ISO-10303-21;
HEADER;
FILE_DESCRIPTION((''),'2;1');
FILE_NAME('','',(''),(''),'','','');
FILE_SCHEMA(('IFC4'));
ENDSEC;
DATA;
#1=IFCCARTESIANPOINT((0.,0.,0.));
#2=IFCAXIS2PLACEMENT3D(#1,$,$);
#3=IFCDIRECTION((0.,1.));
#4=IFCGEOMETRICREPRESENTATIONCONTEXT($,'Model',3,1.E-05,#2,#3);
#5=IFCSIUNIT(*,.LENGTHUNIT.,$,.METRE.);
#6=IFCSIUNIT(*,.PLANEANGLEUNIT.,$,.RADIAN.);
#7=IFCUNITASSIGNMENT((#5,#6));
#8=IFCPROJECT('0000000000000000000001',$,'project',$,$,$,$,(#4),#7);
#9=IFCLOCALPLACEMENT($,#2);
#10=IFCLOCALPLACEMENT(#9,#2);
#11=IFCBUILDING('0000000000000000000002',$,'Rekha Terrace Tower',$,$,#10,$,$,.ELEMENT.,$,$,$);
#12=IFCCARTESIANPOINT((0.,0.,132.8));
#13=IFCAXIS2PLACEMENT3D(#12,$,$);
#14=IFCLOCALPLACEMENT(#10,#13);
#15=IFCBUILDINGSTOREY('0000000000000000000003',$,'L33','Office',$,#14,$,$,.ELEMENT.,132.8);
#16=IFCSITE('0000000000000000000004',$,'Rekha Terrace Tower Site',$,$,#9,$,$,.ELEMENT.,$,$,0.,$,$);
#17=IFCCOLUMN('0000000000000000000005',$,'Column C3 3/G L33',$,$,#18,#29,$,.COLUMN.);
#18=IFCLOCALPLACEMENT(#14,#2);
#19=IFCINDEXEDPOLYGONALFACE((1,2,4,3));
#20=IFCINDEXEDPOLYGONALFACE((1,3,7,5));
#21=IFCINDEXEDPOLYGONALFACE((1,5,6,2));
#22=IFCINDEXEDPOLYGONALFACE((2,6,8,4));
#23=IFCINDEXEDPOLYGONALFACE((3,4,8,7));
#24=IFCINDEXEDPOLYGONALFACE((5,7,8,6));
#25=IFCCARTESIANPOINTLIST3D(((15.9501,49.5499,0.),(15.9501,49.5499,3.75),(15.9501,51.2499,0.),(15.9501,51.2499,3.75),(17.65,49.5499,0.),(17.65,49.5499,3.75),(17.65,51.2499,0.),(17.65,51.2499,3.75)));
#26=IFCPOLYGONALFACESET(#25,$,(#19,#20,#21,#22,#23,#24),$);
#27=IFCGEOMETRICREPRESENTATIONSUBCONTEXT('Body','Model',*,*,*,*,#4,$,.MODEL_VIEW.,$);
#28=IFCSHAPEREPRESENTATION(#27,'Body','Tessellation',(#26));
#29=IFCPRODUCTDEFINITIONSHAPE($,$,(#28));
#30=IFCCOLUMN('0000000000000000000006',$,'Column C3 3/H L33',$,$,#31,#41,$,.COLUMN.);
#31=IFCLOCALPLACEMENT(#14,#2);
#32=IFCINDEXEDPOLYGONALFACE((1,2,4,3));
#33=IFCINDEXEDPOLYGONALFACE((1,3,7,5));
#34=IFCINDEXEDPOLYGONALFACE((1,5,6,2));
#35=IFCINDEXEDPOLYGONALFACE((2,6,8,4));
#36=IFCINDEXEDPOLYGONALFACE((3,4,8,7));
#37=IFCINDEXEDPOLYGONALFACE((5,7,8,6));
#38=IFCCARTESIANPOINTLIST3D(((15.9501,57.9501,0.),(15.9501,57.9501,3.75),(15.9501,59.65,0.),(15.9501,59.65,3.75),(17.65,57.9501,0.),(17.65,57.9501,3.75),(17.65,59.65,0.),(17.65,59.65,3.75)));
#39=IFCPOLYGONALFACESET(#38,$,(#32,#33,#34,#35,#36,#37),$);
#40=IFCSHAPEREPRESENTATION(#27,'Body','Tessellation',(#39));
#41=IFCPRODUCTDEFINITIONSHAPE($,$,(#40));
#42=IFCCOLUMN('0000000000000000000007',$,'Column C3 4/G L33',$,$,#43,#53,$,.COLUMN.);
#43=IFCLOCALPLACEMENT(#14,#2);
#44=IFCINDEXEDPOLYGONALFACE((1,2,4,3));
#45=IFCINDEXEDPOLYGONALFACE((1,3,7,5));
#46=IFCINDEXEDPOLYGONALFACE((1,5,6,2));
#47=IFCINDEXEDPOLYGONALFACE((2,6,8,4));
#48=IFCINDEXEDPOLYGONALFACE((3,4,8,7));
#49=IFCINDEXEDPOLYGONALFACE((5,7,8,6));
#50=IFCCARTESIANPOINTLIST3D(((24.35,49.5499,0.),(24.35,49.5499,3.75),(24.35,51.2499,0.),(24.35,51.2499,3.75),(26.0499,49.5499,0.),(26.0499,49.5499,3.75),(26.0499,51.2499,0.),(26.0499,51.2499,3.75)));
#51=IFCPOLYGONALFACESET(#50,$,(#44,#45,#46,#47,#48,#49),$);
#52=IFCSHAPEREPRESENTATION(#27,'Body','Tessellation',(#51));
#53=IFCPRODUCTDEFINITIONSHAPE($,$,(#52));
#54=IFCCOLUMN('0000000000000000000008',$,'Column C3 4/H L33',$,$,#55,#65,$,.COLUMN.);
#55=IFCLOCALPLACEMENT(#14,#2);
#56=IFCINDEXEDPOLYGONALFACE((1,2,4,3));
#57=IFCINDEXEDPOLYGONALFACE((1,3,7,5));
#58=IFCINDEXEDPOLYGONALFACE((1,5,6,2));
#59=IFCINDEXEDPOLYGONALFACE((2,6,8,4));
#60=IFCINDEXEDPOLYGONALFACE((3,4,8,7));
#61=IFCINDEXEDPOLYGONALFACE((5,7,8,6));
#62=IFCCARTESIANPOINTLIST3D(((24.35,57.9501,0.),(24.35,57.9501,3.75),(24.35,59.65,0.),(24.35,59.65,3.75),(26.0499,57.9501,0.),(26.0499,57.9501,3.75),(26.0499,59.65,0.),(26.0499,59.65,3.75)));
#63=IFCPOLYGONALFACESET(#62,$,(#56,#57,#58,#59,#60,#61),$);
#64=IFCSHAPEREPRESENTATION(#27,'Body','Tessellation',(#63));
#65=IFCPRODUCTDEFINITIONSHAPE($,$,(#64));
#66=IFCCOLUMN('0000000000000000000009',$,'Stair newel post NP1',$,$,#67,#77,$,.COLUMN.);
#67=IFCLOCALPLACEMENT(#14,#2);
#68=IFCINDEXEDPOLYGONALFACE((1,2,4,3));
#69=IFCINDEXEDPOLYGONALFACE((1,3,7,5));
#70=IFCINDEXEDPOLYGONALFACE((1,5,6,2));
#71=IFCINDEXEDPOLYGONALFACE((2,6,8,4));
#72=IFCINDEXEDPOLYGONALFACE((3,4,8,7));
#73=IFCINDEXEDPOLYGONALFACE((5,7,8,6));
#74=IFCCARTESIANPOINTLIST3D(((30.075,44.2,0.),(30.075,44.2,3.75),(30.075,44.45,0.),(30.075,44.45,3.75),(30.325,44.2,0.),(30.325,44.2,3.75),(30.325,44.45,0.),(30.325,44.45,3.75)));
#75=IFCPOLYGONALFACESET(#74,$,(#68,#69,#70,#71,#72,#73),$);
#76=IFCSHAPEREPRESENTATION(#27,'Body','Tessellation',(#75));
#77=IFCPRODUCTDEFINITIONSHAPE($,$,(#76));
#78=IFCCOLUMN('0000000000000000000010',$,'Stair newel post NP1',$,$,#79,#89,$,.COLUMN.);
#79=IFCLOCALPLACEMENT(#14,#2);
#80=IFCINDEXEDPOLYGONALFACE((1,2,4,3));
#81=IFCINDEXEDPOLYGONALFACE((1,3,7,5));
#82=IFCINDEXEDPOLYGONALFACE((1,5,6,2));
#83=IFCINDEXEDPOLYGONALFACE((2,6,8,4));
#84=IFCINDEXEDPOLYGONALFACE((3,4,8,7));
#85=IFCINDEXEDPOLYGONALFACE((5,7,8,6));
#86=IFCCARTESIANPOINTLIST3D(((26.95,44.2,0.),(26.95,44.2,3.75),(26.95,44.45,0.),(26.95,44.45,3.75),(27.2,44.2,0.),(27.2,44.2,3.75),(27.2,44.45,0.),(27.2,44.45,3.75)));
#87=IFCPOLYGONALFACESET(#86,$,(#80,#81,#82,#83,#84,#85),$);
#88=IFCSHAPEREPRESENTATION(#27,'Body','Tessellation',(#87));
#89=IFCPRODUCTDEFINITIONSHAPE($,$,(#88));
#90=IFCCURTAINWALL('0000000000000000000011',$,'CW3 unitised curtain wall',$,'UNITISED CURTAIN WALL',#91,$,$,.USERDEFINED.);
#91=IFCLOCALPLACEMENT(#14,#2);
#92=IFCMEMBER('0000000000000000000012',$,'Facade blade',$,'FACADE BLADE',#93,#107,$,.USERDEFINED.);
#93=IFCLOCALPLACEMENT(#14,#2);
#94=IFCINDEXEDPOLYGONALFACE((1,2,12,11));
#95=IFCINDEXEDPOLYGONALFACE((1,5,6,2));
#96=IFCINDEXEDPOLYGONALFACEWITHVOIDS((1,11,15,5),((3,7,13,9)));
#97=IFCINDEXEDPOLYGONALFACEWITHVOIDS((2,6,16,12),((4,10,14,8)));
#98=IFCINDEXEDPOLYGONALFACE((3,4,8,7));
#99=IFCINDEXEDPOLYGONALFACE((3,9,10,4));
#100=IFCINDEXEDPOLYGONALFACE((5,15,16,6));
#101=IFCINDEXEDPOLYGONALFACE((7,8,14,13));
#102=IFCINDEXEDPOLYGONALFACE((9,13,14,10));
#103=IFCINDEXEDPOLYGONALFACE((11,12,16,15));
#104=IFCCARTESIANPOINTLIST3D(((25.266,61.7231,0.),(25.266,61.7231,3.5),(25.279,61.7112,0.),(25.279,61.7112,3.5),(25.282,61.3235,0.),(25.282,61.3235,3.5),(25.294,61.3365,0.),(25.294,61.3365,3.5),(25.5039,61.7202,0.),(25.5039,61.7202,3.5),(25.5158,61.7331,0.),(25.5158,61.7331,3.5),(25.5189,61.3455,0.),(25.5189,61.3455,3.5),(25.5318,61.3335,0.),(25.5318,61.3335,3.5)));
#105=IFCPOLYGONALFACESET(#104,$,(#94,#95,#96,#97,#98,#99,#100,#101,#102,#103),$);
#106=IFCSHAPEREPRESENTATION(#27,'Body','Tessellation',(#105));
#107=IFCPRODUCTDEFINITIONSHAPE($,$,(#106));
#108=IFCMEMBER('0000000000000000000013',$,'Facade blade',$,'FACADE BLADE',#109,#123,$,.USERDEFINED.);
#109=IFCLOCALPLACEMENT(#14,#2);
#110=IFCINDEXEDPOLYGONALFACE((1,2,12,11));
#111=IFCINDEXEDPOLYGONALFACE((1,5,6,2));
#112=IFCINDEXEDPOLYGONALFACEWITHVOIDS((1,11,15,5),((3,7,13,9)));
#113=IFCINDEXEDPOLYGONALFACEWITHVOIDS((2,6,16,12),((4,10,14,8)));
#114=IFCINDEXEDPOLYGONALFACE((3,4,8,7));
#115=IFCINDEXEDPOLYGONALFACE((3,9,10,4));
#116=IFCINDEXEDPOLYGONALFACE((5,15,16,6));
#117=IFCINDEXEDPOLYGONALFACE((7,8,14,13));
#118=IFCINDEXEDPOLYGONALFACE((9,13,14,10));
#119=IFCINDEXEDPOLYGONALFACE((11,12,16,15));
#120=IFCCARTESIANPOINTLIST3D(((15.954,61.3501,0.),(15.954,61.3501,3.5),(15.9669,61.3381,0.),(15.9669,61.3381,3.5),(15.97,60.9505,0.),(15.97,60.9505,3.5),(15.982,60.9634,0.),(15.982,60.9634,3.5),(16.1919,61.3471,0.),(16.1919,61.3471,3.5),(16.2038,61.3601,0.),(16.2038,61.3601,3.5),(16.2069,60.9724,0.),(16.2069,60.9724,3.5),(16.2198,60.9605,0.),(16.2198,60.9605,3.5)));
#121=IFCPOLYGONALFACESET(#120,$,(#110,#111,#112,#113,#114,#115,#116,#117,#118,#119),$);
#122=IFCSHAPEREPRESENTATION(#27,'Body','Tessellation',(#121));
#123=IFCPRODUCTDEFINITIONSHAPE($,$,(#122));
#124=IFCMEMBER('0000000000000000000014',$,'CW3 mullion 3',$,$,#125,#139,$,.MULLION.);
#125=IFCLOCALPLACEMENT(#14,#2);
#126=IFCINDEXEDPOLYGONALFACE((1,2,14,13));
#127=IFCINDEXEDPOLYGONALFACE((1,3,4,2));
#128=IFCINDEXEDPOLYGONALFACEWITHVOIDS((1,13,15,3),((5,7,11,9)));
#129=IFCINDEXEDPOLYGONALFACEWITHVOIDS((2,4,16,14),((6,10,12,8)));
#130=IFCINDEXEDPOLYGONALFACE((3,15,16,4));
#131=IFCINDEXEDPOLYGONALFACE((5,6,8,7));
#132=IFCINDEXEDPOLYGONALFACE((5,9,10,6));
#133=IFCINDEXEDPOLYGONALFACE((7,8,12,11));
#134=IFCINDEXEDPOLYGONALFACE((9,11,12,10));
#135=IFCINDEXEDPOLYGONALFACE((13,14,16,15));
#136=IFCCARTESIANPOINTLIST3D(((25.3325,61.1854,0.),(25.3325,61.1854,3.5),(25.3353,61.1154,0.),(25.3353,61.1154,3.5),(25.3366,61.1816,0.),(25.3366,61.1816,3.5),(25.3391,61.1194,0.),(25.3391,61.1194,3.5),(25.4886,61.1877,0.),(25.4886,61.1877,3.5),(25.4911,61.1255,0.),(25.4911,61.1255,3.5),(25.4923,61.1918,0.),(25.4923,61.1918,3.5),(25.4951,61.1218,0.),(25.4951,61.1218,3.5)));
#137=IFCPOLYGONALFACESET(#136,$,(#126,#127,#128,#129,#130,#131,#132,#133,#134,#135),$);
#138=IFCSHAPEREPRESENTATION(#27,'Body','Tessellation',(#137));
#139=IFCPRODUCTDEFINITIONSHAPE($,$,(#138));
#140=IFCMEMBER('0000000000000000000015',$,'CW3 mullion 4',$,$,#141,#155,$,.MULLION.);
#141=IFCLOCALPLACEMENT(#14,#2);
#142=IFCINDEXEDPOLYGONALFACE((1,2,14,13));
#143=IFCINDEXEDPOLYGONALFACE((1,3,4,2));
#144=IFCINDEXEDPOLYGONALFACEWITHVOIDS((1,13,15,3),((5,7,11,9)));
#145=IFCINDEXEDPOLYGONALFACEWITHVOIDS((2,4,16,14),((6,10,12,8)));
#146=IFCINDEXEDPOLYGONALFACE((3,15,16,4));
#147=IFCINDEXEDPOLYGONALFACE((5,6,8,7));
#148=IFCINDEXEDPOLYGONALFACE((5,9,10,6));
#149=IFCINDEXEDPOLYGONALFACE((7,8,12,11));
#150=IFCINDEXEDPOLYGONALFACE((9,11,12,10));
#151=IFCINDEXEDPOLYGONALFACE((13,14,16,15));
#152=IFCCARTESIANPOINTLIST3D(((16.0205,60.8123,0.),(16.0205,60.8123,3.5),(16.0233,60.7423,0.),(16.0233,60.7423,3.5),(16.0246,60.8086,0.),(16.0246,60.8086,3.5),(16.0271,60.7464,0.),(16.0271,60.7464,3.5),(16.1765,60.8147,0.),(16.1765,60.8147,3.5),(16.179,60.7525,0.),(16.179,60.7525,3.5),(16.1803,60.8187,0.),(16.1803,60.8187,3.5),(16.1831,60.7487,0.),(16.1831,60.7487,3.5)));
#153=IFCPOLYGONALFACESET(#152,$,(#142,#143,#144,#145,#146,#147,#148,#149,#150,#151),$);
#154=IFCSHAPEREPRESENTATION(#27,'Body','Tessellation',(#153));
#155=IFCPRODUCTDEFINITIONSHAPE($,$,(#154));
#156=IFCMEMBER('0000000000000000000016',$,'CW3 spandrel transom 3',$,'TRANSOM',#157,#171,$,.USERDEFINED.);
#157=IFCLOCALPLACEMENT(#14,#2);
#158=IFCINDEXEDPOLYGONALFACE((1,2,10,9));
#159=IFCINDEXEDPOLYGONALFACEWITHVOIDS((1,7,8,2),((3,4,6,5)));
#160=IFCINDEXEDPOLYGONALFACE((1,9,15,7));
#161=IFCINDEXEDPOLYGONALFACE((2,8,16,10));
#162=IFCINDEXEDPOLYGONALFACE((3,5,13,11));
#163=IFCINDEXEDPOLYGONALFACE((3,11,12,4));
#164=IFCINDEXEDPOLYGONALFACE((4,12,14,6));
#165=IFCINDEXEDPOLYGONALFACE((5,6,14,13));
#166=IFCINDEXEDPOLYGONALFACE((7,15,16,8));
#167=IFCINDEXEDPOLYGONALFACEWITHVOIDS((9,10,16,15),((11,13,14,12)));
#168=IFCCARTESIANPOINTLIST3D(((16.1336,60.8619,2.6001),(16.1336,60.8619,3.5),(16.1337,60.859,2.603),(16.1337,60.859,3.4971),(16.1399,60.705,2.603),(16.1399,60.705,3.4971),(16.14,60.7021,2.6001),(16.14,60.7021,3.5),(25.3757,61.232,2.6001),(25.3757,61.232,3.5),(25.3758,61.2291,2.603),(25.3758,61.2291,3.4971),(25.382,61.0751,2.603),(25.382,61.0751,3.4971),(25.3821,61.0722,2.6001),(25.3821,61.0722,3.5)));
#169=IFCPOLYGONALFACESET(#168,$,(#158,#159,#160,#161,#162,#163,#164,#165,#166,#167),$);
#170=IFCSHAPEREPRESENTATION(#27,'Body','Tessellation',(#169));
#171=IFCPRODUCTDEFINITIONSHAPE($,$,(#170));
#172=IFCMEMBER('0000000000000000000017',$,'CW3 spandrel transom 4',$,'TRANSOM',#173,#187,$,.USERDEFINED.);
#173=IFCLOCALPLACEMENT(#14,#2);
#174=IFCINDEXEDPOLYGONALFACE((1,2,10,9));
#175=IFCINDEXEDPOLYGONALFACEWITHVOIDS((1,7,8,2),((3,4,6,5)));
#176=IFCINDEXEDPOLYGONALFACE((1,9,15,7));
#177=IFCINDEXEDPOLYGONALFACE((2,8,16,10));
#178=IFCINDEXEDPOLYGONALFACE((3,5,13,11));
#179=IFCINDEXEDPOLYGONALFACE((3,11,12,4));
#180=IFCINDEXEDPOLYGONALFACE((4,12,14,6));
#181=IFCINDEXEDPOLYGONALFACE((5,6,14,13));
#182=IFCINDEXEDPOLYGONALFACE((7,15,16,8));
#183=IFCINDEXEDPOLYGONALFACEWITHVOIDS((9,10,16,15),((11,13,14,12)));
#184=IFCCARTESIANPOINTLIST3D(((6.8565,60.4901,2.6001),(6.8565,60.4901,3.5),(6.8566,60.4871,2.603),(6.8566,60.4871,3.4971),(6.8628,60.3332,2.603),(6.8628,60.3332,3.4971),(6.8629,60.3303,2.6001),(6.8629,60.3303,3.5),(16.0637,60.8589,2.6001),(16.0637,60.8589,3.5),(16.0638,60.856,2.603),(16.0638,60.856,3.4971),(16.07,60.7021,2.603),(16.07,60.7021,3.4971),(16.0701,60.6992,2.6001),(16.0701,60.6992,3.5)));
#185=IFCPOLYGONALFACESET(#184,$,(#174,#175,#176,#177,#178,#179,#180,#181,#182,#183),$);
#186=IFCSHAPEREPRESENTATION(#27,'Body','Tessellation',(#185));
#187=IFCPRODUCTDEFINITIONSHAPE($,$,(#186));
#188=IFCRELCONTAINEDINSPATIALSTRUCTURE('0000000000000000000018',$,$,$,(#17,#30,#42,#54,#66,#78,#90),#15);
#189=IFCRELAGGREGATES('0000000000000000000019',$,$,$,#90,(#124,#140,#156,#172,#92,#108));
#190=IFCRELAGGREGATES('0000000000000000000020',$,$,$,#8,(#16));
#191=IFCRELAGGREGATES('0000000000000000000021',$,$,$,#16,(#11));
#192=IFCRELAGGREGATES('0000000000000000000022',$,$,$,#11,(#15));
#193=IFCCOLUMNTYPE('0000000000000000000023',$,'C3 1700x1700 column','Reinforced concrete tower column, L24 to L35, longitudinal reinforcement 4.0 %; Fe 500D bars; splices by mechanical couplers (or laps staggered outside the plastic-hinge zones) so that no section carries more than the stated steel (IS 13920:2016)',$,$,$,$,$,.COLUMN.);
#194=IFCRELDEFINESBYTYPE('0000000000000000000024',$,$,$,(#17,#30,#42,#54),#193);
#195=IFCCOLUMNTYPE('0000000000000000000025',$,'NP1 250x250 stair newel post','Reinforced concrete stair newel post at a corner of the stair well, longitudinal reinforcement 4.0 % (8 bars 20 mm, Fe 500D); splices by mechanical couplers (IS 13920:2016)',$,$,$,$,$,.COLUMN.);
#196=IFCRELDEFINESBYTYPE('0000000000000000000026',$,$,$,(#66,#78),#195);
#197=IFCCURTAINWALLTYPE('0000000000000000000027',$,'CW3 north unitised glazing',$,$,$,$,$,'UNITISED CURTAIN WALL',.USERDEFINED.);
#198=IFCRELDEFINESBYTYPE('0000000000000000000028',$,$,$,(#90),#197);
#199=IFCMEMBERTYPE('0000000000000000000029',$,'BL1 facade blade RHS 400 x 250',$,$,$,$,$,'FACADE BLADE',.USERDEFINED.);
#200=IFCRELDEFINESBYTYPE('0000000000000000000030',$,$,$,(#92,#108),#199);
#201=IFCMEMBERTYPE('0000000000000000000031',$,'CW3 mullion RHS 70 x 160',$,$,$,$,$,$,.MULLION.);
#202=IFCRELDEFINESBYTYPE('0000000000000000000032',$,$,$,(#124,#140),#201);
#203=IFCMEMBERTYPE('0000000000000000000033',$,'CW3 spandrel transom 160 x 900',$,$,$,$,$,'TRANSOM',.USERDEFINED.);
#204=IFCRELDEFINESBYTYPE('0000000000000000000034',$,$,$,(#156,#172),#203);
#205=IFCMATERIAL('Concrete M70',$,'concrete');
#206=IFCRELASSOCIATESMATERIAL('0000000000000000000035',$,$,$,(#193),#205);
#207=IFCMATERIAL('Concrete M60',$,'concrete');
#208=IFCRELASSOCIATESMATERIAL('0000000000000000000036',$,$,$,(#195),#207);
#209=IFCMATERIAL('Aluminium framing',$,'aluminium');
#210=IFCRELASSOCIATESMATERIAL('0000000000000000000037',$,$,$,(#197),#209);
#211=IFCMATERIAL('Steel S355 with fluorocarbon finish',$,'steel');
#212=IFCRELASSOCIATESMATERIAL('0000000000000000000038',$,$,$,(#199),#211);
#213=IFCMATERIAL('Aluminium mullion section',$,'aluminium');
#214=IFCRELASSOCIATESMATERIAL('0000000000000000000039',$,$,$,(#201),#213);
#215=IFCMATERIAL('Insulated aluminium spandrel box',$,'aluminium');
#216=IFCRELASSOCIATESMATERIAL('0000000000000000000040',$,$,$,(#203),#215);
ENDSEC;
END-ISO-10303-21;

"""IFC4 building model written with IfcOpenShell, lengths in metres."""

from ifc_helpers import new_model, si_unit, direction, frame, origin, origin_2d, place, context, subcontext, project, spatial, rectangle, hollow_rectangle, extrude, material, material_profile, profile_set, type_object, element, aggregate, save


model = new_model("IFC4")

# Units and contexts
model_context = context("Model", 3, precision=1e-05, world=origin(), true_north=direction((0.0, 1.0)))
body_context = subcontext(model_context, "Body", "Model", "MODEL_VIEW")
ifc_project = project(units=[si_unit("LENGTHUNIT", "METRE"), si_unit("PLANEANGLEUNIT", "RADIAN")], contexts=[model_context])

# Site, building, storey
site_placement = place(None, origin())
site = spatial("IfcSite", under=ifc_project, at=site_placement, Name="Rekha Terrace Tower Site", CompositionType="ELEMENT", RefElevation=0.0)
building_placement = place(site_placement, origin())
building = spatial("IfcBuilding", under=site, at=building_placement, Name="Rekha Terrace Tower", CompositionType="ELEMENT")
storey_placement = place(building_placement, frame((0.0, 0.0, 132.8)))
storey = spatial("IfcBuildingStorey", under=building, at=storey_placement, Name="L33", Description="Office", CompositionType="ELEMENT", Elevation=132.8)

# Columns
ifc_material_1 = material(Name="Concrete M70", Category="concrete")
ifc_material_profile_1 = material_profile(ifc_material_1, rectangle(XDim=1.7, YDim=1.7, at=origin_2d()), Name="RC 1700x1700")
ifc_profile_set_1 = profile_set([ifc_material_profile_1], Name="Concrete M70")
column_type_1 = type_object("IfcColumnType", Name="C3 1700x1700 column", Description="Reinforced concrete tower column, L24 to L35, longitudinal reinforcement 4.0 %; Fe 500D bars; splices by mechanical couplers (or laps staggered outside the plastic-hinge zones) so that no section carries more than the stated steel (IS 13920:2016)", PredefinedType="COLUMN", material=ifc_profile_set_1)
for number, where, z_axis, x_axis, name in (
    (1, (16.8, 50.3999, 0.0), (0.0, 0.0, 1.0), (1.0, 0.0, 0.0), "Column C3 3/G L33"),
    (2, (16.8, 58.8, 0.0), (0.0, 0.0, 1.0), (1.0, 0.0, 0.0), "Column C3 3/H L33"),
    (3, (25.2, 50.3999, 0.0), (0.0, 0.0, 1.0), (1.0, 0.0, 0.0), "Column C3 4/G L33"),
    (4, (25.2, 58.8, 0.0), (0.0, 0.0, 1.0), (1.0, 0.0, 0.0), "Column C3 4/H L33"),
):
    element("IfcColumn", number, at=place(storey_placement, frame(where, z_axis=z_axis, x_axis=x_axis)), inside=storey, type_object=column_type_1, Name=name, PredefinedType="COLUMN", context=body_context, shape_type="SweptSolid", body=[
        extrude(rectangle(XDim=1.7, YDim=1.7, at=origin_2d()), origin(), (0.0, 0.0, 1.0), 3.75),
    ])
ifc_material_2 = material(Name="Concrete M60", Category="concrete")
ifc_material_profile_2 = material_profile(ifc_material_2, rectangle(XDim=0.25, YDim=0.25, at=origin_2d()), Name="RC 250x250")
ifc_profile_set_2 = profile_set([ifc_material_profile_2], Name="Concrete M60")
column_type_2 = type_object("IfcColumnType", Name="NP1 250x250 stair newel post", Description="Reinforced concrete stair newel post at a corner of the stair well, longitudinal reinforcement 4.0 % (8 bars 20 mm, Fe 500D); splices by mechanical couplers (IS 13920:2016)", PredefinedType="COLUMN", material=ifc_profile_set_2)
for number, where, z_axis, x_axis, name in (
    (5, (30.2, 44.325, 0.0), (0.0, 0.0, 1.0), (1.0, 0.0, 0.0), "Stair newel post NP1"),
    (6, (27.075, 44.325, 0.0), (0.0, 0.0, 1.0), (1.0, 0.0, 0.0), "Stair newel post NP1"),
):
    element("IfcColumn", number, at=place(storey_placement, frame(where, z_axis=z_axis, x_axis=x_axis)), inside=storey, type_object=column_type_2, Name=name, PredefinedType="COLUMN", context=body_context, shape_type="SweptSolid", body=[
        extrude(rectangle(XDim=0.25, YDim=0.25, at=origin_2d()), origin(), (0.0, 0.0, 1.0), 3.75),
    ])

# Curtain wall, members
ifc_material_3 = material(Name="Aluminium framing", Category="aluminium")
curtain_wall_type = type_object("IfcCurtainWallType", Name="CW3 north unitised glazing", ElementType="UNITISED CURTAIN WALL", PredefinedType="USERDEFINED", material=ifc_material_3)
curtain_wall_placement = place(storey_placement, origin())
curtain_wall = element("IfcCurtainWall", 7, at=curtain_wall_placement, inside=storey, type_object=curtain_wall_type, Name="CW3 unitised curtain wall", ObjectType="UNITISED CURTAIN WALL", PredefinedType="USERDEFINED")
ifc_material_4 = material(Name="Steel S355 with fluorocarbon finish", Category="steel")
ifc_material_profile_3 = material_profile(ifc_material_4, hollow_rectangle(XDim=0.25, YDim=0.3999, WallThickness=0.0125, at=origin_2d()), Name="RHS400x250x12.5")
ifc_profile_set_3 = profile_set([ifc_material_profile_3], Name="Steel S355 with fluorocarbon finish")
member_type_1 = type_object("IfcMemberType", Name="BL1 facade blade RHS 400 x 250", ElementType="FACADE BLADE", PredefinedType="USERDEFINED", material=ifc_profile_set_3)
member_1_placement = place(storey_placement, frame((25.3989, 61.5283, 0.0), z_axis=(0.0, 0.0, 1.0), x_axis=(-0.999198, -0.040032, 0.0)))
member_1 = element("IfcMember", 8, at=member_1_placement, type_object=member_type_1, Name="Facade blade", ObjectType="FACADE BLADE", PredefinedType="USERDEFINED", context=body_context, shape_type="SweptSolid", body=[
    extrude(hollow_rectangle(XDim=0.25, YDim=0.3999, WallThickness=0.0125, at=origin_2d()), origin(), (0.0, 0.0, 1.0), 3.5),
])
member_2_placement = place(storey_placement, frame((16.0869, 61.1553, 0.0), z_axis=(0.0, 0.0, 1.0), x_axis=(-0.999198, -0.040032, 0.0)))
member_2 = element("IfcMember", 9, at=member_2_placement, type_object=member_type_1, Name="Facade blade", ObjectType="FACADE BLADE", PredefinedType="USERDEFINED", context=body_context, shape_type="SweptSolid", body=[
    extrude(hollow_rectangle(XDim=0.25, YDim=0.3999, WallThickness=0.0125, at=origin_2d()), origin(), (0.0, 0.0, 1.0), 3.5),
])
ifc_material_5 = material(Name="Aluminium mullion section", Category="aluminium")
ifc_material_profile_4 = material_profile(ifc_material_5, hollow_rectangle(XDim=0.0701, YDim=0.1599, WallThickness=0.0039, at=origin_2d()), Name="AL RHS 70x160")
ifc_profile_set_4 = profile_set([ifc_material_profile_4], Name="Aluminium mullion section")
member_type_2 = type_object("IfcMemberType", Name="CW3 mullion RHS 70 x 160", PredefinedType="MULLION", material=ifc_profile_set_4)
member_3_placement = place(storey_placement, frame((25.4138, 61.1536, 0.0), z_axis=(0.0, 0.0, 1.0), x_axis=(0.040032, -0.999198, 0.0)))
member_3 = element("IfcMember", 10, at=member_3_placement, type_object=member_type_2, Name="CW3 mullion 3", PredefinedType="MULLION", context=body_context, shape_type="SweptSolid", body=[
    extrude(hollow_rectangle(XDim=0.0701, YDim=0.1599, WallThickness=0.0039, at=origin_2d()), origin(), (0.0, 0.0, 1.0), 3.5),
])
member_4_placement = place(storey_placement, frame((16.1018, 60.7805, 0.0), z_axis=(0.0, 0.0, 1.0), x_axis=(0.040032, -0.999198, 0.0)))
member_4 = element("IfcMember", 11, at=member_4_placement, type_object=member_type_2, Name="CW3 mullion 4", PredefinedType="MULLION", context=body_context, shape_type="SweptSolid", body=[
    extrude(hollow_rectangle(XDim=0.0701, YDim=0.1599, WallThickness=0.0039, at=origin_2d()), origin(), (0.0, 0.0, 1.0), 3.5),
])
ifc_material_6 = material(Name="Insulated aluminium spandrel box", Category="aluminium")
ifc_material_profile_5 = material_profile(ifc_material_6, hollow_rectangle(XDim=0.1599, YDim=0.8999, WallThickness=0.0029, at=origin_2d()), Name="AL SPANDREL BOX 160x900")
ifc_profile_set_5 = profile_set([ifc_material_profile_5], Name="Insulated aluminium spandrel box")
member_type_3 = type_object("IfcMemberType", Name="CW3 spandrel transom 160 x 900", ElementType="TRANSOM", PredefinedType="USERDEFINED", material=ifc_profile_set_5)
member_5_placement = place(storey_placement, frame((25.3789, 61.1521, 3.05), z_axis=(-0.999199, -0.040014, 0.0), x_axis=(0.040014, -0.999199, 0.0)))
member_5 = element("IfcMember", 12, at=member_5_placement, type_object=member_type_3, Name="CW3 spandrel transom 3", ObjectType="TRANSOM", PredefinedType="USERDEFINED", context=body_context, shape_type="SweptSolid", body=[
    extrude(hollow_rectangle(XDim=0.1599, YDim=0.8999, WallThickness=0.0029, at=origin_2d()), origin(), (0.0, 0.0, 1.0), 9.2495),
])
member_6_placement = place(storey_placement, frame((16.0669, 60.7791, 3.05), z_axis=(-0.999198, -0.040034, 0.0), x_axis=(0.040034, -0.999198, 0.0)))
member_6 = element("IfcMember", 13, at=member_6_placement, type_object=member_type_3, Name="CW3 spandrel transom 4", ObjectType="TRANSOM", PredefinedType="USERDEFINED", context=body_context, shape_type="SweptSolid", body=[
    extrude(hollow_rectangle(XDim=0.1599, YDim=0.8999, WallThickness=0.0029, at=origin_2d()), origin(), (0.0, 0.0, 1.0), 9.2146),
])
aggregate(curtain_wall, [member_3, member_4, member_5, member_6, member_1, member_2])

save(model, "model.ifc")
